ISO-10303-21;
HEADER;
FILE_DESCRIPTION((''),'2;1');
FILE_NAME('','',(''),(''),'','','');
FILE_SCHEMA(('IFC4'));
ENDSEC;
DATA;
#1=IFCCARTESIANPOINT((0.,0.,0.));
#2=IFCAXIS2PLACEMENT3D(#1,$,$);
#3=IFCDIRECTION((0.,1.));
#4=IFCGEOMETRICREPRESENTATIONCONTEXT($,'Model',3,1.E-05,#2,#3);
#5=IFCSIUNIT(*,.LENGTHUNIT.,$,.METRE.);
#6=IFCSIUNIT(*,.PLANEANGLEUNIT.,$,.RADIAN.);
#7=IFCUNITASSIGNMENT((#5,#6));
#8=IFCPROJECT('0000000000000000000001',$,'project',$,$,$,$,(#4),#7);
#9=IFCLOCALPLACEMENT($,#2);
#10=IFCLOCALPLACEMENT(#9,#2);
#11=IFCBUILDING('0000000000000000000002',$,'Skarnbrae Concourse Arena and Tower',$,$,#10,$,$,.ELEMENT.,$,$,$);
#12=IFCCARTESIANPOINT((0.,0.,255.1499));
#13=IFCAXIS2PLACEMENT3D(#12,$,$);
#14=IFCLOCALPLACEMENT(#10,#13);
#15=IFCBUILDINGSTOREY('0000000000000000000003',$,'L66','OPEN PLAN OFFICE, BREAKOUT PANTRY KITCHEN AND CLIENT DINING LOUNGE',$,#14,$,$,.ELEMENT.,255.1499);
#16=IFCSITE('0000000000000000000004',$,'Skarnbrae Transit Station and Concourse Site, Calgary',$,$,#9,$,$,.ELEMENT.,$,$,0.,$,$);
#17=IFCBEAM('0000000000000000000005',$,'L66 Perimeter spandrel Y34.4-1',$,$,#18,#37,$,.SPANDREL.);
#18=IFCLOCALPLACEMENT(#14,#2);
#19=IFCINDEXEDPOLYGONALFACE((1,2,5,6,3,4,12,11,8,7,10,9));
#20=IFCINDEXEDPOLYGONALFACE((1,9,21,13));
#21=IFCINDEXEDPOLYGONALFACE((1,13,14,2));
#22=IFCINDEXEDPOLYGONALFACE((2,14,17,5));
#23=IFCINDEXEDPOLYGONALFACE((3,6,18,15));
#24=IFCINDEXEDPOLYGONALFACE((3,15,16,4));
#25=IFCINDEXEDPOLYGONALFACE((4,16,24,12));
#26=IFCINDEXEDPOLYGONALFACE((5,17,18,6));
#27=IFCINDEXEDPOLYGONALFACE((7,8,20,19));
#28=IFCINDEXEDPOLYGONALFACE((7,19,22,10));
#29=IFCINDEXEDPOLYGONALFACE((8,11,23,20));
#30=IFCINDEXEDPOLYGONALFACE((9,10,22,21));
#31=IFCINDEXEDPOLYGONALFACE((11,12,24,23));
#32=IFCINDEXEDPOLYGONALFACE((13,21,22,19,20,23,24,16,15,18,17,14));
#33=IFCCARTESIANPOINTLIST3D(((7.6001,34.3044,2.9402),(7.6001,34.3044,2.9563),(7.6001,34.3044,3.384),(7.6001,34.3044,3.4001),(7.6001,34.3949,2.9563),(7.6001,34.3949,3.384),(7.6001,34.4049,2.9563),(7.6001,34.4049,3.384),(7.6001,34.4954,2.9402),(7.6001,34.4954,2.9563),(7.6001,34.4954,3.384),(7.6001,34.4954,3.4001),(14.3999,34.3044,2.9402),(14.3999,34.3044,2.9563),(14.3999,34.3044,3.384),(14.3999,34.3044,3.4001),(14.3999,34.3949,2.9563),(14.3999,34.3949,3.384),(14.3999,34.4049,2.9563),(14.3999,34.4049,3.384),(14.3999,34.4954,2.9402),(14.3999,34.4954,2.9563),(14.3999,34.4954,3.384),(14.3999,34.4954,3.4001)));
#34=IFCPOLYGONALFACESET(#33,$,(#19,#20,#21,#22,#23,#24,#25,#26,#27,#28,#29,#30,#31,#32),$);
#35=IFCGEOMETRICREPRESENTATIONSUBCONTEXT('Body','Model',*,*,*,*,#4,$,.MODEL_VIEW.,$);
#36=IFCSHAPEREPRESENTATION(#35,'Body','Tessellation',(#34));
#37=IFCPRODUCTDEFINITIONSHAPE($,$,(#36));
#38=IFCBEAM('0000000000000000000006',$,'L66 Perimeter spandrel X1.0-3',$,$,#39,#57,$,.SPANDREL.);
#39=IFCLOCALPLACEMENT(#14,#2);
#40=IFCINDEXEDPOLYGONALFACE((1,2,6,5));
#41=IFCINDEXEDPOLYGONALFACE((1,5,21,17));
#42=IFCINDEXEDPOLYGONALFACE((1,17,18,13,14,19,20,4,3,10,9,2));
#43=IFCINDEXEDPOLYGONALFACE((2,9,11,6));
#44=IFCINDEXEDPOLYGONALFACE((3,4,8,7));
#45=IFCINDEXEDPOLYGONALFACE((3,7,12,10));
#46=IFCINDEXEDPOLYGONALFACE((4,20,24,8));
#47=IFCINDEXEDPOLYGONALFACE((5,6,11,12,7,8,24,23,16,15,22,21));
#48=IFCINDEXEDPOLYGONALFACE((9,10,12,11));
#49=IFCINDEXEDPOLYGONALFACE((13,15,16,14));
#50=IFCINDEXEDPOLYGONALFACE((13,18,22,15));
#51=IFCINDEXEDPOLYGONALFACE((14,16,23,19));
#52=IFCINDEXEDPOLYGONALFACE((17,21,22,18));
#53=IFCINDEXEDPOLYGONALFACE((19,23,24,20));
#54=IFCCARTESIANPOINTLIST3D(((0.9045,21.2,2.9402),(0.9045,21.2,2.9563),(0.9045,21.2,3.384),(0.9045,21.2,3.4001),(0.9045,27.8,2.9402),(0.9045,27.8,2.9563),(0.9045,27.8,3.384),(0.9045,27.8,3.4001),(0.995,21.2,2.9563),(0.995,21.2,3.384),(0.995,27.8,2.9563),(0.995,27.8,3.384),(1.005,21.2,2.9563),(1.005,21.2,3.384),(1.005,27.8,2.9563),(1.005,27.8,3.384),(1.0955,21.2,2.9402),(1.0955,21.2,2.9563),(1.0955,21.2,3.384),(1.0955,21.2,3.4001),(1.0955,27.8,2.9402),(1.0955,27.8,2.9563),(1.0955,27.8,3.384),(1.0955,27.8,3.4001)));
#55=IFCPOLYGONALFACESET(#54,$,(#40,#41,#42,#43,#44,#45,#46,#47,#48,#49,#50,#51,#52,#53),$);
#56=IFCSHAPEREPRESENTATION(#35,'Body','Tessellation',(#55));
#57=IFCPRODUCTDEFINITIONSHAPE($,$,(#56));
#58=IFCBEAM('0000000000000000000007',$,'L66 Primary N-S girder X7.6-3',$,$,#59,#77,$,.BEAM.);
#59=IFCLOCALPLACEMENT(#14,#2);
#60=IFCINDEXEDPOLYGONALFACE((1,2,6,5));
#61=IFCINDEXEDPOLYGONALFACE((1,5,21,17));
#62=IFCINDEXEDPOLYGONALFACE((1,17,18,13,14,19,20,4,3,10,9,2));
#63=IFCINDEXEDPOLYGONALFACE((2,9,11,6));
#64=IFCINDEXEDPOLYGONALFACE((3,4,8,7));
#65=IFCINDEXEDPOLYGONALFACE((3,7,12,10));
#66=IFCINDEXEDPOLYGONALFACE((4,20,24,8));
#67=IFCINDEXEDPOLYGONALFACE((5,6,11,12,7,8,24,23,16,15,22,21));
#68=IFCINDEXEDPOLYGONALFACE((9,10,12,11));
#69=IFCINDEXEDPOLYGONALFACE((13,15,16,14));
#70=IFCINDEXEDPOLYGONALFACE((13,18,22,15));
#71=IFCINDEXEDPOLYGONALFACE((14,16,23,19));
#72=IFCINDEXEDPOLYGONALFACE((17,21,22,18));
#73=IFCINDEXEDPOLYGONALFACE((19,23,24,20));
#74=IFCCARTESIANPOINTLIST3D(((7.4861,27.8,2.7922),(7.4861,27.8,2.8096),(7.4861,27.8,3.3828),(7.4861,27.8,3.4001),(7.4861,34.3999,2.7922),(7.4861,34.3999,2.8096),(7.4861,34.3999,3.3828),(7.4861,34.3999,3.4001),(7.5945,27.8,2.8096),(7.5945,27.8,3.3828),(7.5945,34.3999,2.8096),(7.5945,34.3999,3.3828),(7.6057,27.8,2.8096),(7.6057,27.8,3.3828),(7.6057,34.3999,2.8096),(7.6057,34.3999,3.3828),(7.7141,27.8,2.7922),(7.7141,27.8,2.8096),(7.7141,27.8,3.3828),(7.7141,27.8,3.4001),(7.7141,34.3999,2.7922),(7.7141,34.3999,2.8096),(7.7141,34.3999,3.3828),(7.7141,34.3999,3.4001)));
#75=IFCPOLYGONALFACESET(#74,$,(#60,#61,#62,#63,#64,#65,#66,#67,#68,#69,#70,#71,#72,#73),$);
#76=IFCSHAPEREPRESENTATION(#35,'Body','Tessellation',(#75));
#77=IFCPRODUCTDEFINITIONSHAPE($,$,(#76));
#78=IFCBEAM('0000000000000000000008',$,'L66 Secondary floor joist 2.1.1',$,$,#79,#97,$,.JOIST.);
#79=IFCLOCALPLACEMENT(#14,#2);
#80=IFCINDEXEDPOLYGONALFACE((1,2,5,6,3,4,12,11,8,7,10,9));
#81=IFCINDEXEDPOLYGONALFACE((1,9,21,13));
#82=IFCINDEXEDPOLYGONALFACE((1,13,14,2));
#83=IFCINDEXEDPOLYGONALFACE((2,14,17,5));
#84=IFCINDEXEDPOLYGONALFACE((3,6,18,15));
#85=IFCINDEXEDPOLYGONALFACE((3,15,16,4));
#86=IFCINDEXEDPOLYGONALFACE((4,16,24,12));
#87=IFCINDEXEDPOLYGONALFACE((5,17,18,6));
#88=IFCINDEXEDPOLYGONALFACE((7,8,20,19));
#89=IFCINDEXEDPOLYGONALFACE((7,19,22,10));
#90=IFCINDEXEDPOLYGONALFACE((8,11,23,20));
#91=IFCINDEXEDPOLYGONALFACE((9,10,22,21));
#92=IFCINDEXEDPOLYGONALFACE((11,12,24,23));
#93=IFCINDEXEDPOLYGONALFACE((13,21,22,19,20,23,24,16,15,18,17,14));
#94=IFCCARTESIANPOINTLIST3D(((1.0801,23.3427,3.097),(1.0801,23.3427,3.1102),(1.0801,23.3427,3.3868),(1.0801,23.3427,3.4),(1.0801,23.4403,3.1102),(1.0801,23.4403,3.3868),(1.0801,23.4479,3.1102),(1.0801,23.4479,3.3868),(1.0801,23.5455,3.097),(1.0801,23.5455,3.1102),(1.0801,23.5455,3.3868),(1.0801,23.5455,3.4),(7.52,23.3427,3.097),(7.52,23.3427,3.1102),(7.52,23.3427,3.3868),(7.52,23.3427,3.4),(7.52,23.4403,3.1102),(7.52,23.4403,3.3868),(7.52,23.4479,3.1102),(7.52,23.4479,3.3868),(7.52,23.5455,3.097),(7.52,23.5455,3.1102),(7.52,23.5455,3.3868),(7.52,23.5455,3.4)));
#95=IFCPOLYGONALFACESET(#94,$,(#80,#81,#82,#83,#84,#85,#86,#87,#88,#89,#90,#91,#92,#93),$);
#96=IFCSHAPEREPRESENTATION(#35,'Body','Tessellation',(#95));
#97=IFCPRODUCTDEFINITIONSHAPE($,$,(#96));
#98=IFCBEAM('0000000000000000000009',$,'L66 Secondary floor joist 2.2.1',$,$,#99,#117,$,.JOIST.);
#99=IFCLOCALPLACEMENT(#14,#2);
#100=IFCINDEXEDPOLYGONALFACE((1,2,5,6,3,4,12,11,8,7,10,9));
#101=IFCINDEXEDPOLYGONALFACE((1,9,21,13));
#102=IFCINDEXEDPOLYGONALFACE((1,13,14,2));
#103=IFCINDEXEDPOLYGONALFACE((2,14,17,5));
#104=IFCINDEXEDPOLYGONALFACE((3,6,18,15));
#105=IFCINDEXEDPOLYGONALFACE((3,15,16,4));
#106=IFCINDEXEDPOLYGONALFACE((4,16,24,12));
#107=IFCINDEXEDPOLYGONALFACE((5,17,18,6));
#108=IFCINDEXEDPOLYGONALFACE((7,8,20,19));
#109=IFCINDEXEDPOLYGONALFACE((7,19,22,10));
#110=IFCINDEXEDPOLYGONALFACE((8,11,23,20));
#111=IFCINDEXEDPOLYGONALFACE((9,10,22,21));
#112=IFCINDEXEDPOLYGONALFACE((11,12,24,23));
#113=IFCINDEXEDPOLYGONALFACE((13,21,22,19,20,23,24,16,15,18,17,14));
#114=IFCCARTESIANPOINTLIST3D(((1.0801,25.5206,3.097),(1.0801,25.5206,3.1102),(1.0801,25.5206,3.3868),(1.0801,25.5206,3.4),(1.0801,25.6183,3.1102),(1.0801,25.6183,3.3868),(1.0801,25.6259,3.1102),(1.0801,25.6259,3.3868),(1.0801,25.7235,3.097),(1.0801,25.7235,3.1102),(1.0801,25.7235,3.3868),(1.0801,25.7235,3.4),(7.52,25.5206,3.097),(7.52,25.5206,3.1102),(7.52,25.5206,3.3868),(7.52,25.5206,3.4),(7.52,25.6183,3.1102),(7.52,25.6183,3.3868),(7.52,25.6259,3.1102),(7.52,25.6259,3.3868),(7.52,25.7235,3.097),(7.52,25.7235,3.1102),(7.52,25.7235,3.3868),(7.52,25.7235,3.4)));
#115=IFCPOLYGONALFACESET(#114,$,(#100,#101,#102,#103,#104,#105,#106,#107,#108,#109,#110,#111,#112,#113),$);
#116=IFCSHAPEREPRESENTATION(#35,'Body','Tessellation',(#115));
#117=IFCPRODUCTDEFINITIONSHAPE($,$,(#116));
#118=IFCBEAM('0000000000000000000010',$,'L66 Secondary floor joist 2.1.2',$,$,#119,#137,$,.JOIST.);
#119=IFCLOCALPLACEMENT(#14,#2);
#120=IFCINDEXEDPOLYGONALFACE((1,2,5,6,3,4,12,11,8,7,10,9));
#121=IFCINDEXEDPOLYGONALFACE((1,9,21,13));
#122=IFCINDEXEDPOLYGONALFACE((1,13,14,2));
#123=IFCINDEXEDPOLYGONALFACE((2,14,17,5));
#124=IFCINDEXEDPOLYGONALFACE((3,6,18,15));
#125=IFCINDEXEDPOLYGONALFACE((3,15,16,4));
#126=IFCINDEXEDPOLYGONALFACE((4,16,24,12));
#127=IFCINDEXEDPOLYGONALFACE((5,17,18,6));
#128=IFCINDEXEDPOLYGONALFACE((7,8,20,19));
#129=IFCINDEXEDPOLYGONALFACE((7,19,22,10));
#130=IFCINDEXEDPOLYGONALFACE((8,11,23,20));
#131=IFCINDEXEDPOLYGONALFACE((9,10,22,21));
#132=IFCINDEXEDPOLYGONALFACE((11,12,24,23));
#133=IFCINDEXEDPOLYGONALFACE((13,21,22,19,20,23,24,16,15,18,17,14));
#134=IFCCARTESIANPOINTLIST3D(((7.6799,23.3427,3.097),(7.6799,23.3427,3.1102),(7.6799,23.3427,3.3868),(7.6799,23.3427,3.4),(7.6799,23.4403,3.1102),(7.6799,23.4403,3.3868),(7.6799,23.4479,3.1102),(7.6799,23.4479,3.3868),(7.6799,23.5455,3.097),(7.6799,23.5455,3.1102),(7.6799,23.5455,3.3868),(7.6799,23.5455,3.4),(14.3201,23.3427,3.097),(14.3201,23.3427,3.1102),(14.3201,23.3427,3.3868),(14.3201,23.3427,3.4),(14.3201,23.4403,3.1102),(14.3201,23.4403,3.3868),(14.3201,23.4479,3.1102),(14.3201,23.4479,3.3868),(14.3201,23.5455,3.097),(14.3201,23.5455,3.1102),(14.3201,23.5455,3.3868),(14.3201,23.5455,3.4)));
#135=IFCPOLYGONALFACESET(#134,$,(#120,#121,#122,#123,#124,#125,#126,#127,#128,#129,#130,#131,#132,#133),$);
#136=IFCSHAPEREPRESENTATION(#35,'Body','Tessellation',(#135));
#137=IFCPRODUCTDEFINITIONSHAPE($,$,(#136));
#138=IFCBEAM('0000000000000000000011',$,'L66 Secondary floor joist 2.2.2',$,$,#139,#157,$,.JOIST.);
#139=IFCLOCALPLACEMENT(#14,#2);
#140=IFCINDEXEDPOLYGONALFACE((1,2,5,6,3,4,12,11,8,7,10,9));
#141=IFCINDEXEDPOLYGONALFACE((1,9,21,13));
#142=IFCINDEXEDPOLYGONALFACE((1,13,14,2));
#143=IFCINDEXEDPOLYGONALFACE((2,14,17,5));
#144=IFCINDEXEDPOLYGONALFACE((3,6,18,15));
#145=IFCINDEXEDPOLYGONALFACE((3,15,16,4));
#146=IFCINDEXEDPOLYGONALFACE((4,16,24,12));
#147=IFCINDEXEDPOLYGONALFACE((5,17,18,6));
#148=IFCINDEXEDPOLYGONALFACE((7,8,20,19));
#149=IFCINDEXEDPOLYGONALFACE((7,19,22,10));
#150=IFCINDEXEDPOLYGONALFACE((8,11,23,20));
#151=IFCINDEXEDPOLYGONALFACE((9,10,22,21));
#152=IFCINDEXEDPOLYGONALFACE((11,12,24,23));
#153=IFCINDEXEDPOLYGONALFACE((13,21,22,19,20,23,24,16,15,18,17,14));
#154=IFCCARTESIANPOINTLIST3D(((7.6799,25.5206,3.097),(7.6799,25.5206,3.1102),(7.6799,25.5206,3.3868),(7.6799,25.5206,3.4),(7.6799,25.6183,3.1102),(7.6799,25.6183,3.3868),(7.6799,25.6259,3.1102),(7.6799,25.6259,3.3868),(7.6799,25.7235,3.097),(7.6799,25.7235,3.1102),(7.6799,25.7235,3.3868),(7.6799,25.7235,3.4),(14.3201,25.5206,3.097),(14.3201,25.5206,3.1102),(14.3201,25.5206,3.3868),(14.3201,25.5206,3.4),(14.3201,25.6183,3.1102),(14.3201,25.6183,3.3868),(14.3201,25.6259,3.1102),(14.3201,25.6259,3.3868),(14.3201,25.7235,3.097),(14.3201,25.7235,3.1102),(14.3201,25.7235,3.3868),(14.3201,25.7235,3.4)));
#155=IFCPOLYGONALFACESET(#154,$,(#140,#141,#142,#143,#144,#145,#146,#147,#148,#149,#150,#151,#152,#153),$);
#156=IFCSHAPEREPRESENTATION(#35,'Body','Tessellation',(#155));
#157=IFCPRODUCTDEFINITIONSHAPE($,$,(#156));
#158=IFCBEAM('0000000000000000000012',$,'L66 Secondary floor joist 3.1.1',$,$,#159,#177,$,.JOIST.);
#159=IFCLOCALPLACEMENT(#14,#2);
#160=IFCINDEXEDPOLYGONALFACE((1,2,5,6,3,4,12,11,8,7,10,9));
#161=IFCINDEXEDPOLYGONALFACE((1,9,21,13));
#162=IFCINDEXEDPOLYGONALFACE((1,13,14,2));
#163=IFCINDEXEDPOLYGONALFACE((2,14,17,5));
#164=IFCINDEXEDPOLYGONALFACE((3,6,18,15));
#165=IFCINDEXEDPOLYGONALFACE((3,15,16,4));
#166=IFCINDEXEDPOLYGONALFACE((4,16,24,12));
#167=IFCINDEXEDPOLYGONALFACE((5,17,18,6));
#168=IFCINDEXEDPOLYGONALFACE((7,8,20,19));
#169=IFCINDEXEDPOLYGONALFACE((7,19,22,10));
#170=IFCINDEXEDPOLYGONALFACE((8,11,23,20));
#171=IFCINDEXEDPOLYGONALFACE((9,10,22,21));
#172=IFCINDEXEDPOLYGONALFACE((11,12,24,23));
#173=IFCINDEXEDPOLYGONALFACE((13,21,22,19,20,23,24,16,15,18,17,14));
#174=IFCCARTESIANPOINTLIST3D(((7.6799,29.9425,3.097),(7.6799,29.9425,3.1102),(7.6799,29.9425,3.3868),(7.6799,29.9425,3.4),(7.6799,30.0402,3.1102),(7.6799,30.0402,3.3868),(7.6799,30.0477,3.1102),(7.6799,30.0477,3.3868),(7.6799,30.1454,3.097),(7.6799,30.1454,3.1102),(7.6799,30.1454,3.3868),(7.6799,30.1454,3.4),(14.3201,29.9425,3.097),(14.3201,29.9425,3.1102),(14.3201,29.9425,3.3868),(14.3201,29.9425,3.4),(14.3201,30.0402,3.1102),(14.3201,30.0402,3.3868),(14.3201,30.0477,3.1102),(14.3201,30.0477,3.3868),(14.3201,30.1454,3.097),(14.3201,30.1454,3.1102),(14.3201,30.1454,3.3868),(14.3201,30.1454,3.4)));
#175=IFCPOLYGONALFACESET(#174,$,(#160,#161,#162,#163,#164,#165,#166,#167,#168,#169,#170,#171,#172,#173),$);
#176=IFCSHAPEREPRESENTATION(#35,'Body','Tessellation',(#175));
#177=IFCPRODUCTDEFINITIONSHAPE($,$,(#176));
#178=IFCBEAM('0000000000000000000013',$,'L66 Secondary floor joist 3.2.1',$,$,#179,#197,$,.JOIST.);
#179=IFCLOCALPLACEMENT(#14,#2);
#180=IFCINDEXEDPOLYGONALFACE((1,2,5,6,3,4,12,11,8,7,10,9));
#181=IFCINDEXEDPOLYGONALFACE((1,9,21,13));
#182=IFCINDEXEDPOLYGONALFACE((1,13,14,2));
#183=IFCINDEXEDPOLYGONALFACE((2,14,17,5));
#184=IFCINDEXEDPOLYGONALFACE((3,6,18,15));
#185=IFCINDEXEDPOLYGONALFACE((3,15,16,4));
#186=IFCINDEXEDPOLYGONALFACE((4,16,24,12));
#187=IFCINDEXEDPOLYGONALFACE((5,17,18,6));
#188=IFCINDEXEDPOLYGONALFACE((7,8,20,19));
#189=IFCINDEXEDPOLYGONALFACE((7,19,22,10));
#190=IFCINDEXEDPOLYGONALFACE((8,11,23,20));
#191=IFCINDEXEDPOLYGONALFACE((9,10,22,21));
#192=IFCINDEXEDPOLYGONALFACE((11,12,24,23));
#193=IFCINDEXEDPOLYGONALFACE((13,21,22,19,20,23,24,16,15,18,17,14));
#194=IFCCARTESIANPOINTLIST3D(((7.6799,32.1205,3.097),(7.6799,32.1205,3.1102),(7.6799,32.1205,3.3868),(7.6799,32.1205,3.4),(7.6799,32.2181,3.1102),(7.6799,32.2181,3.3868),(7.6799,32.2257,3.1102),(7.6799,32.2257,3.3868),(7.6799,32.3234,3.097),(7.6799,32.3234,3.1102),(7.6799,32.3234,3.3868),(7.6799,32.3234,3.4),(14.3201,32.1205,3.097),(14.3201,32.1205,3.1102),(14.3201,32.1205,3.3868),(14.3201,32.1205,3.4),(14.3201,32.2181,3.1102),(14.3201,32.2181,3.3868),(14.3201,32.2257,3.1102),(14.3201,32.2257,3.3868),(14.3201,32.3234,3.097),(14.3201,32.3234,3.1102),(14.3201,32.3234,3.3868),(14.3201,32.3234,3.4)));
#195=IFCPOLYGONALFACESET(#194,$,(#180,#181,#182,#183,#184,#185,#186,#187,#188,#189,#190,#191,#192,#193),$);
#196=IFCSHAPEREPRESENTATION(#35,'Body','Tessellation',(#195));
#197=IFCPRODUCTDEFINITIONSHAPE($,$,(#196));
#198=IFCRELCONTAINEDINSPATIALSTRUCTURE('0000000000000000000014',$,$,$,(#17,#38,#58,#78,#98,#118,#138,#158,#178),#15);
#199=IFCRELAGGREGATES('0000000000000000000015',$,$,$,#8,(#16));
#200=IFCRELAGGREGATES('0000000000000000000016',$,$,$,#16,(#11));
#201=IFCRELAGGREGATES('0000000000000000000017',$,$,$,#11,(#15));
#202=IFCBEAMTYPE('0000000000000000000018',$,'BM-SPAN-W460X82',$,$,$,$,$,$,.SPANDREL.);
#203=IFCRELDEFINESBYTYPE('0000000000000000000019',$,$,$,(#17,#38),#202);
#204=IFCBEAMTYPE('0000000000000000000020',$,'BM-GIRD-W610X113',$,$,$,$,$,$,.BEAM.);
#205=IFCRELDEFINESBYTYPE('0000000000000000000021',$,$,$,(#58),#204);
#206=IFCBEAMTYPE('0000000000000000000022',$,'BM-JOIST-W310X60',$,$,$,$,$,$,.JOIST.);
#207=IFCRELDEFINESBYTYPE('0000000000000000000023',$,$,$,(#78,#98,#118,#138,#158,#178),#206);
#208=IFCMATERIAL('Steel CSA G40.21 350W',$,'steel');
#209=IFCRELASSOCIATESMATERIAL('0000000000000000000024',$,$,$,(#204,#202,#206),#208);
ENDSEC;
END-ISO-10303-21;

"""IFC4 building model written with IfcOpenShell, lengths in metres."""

from ifc_helpers import new_model, si_unit, direction, frame, origin, origin_2d, place, context, subcontext, project, spatial, i_section, extrude, source, transform, mapped, material, material_profile, profile_set, type_object, element, save


model = new_model("IFC4")

# Units and contexts
model_context = context("Model", 3, precision=1e-05, world=origin(), true_north=direction((0.0, 1.0)))
body_context = subcontext(model_context, "Body", "Model", "MODEL_VIEW")
ifc_project = project(units=[si_unit("LENGTHUNIT", "METRE"), si_unit("PLANEANGLEUNIT", "RADIAN")], contexts=[model_context])

# Site, building, storey
site_placement = place(None, origin())
site = spatial("IfcSite", under=ifc_project, at=site_placement, Name="Skarnbrae Transit Station and Concourse Site, Calgary", CompositionType="ELEMENT", RefElevation=0.0)
building_placement = place(site_placement, origin())
building = spatial("IfcBuilding", under=site, at=building_placement, Name="Skarnbrae Concourse Arena and Tower", CompositionType="ELEMENT")
storey_placement = place(building_placement, frame((0.0, 0.0, 255.1499)))
storey = spatial("IfcBuildingStorey", under=building, at=storey_placement, Name="L66", Description="OPEN PLAN OFFICE, BREAKOUT PANTRY KITCHEN AND CLIENT DINING LOUNGE", CompositionType="ELEMENT", Elevation=255.1499)

# Shared definitions
ifc_material_1 = material(Name="Steel CSA G40.21 350W", Category="steel")

# Beams
ifc_material_profile_1 = material_profile(ifc_material_1, i_section(OverallWidth=0.228, OverallDepth=0.6079, WebThickness=0.0112, FlangeThickness=0.0173, at=origin_2d()), Name="W610X113")
ifc_profile_set_1 = profile_set([ifc_material_profile_1], Name="Steel CSA G40.21 350W")
beam_type_1 = type_object("IfcBeamType", Name="BM-GIRD-W610X113", PredefinedType="BEAM", material=ifc_profile_set_1)
ifc_material_profile_2 = material_profile(ifc_material_1, i_section(OverallWidth=0.1909, OverallDepth=0.46, WebThickness=0.01, FlangeThickness=0.0161, at=origin_2d()), Name="W460X82")
ifc_profile_set_2 = profile_set([ifc_material_profile_2], Name="Steel CSA G40.21 350W")
beam_type_2 = type_object("IfcBeamType", Name="BM-SPAN-W460X82", PredefinedType="SPANDREL", material=ifc_profile_set_2)
shared_shape_1 = source(origin(), body_context, "Body", "SweptSolid", [
    extrude(i_section(OverallWidth=0.1909, OverallDepth=0.46, WebThickness=0.01, FlangeThickness=0.0161, at=origin_2d()), origin(), (0.0, 0.0, 1.0), 6.7998),
])
beam_1_placement = place(storey_placement, frame((7.6001, 34.3999, 3.1702), z_axis=(1.0, 0.0, 0.0), x_axis=(0.0, 1.0, 0.0)))
element("IfcBeam", 1, at=beam_1_placement, inside=storey, type_object=beam_type_2, Name="L66 Perimeter spandrel Y34.4-1", PredefinedType="SPANDREL", context=body_context, shape_type="MappedRepresentation", body=[
    mapped(shared_shape_1, transform((0.0, 0.0, 0.0))),
])
shared_shape_2 = source(origin(), body_context, "Body", "SweptSolid", [
    extrude(i_section(OverallWidth=0.1909, OverallDepth=0.46, WebThickness=0.01, FlangeThickness=0.0161, at=origin_2d()), origin(), (0.0, 0.0, 1.0), 6.6001),
])
beam_2_placement = place(storey_placement, frame((1.0, 21.2, 3.1702), z_axis=(0.0, 1.0, 0.0), x_axis=(-1.0, 0.0, 0.0)))
element("IfcBeam", 2, at=beam_2_placement, inside=storey, type_object=beam_type_2, Name="L66 Perimeter spandrel X1.0-3", PredefinedType="SPANDREL", context=body_context, shape_type="MappedRepresentation", body=[
    mapped(shared_shape_2, transform((0.0, 0.0, 0.0))),
])
shared_shape_3 = source(origin(), body_context, "Body", "SweptSolid", [
    extrude(i_section(OverallWidth=0.228, OverallDepth=0.6079, WebThickness=0.0112, FlangeThickness=0.0173, at=origin_2d()), origin(), (0.0, 0.0, 1.0), 6.5999),
])
beam_3_placement = place(storey_placement, frame((7.6001, 27.8, 3.0962), z_axis=(0.0, 1.0, 0.0), x_axis=(-1.0, 0.0, 0.0)))
element("IfcBeam", 3, at=beam_3_placement, inside=storey, type_object=beam_type_1, Name="L66 Primary N-S girder X7.6-3", PredefinedType="BEAM", context=body_context, shape_type="MappedRepresentation", body=[
    mapped(shared_shape_3, transform((0.0, 0.0, 0.0))),
])
ifc_material_profile_3 = material_profile(ifc_material_1, i_section(OverallWidth=0.2029, OverallDepth=0.303, WebThickness=0.0076, FlangeThickness=0.0132, at=origin_2d()), Name="W310X60")
ifc_profile_set_3 = profile_set([ifc_material_profile_3], Name="Steel CSA G40.21 350W")
beam_type_3 = type_object("IfcBeamType", Name="BM-JOIST-W310X60", PredefinedType="JOIST", material=ifc_profile_set_3)
shared_shape_4 = source(origin(), body_context, "Body", "SweptSolid", [
    extrude(i_section(OverallWidth=0.2029, OverallDepth=0.303, WebThickness=0.0076, FlangeThickness=0.0132, at=origin_2d()), origin(), (0.0, 0.0, 1.0), 6.4399),
])
for number, where, z_axis, x_axis, name in (
    (4, (1.0801, 23.4441, 3.2485), (1.0, 0.0, 0.0), (0.0, 1.0, 0.0), "L66 Secondary floor joist 2.1.1"),
    (5, (1.0801, 25.6221, 3.2485), (1.0, 0.0, 0.0), (0.0, 1.0, 0.0), "L66 Secondary floor joist 2.2.1"),
):
    element("IfcBeam", number, at=place(storey_placement, frame(where, z_axis=z_axis, x_axis=x_axis)), inside=storey, type_object=beam_type_3, Name=name, PredefinedType="JOIST", context=body_context, shape_type="MappedRepresentation", body=[
        mapped(shared_shape_4, transform((0.0, 0.0, 0.0))),
    ])
shared_shape_5 = source(origin(), body_context, "Body", "SweptSolid", [
    extrude(i_section(OverallWidth=0.2029, OverallDepth=0.303, WebThickness=0.0076, FlangeThickness=0.0132, at=origin_2d()), origin(), (0.0, 0.0, 1.0), 6.6401),
])
for number, where, z_axis, x_axis, name in (
    (6, (7.6799, 23.4441, 3.2485), (1.0, 0.0, 0.0), (0.0, 1.0, 0.0), "L66 Secondary floor joist 2.1.2"),
    (7, (7.6799, 25.6221, 3.2485), (1.0, 0.0, 0.0), (0.0, 1.0, 0.0), "L66 Secondary floor joist 2.2.2"),
    (8, (7.6799, 30.0439, 3.2485), (1.0, 0.0, 0.0), (0.0, 1.0, 0.0), "L66 Secondary floor joist 3.1.1"),
    (9, (7.6799, 32.2219, 3.2485), (1.0, 0.0, 0.0), (0.0, 1.0, 0.0), "L66 Secondary floor joist 3.2.1"),
):
    element("IfcBeam", number, at=place(storey_placement, frame(where, z_axis=z_axis, x_axis=x_axis)), inside=storey, type_object=beam_type_3, Name=name, PredefinedType="JOIST", context=body_context, shape_type="MappedRepresentation", body=[
        mapped(shared_shape_5, transform((0.0, 0.0, 0.0))),
    ])

save(model, "model.ifc")
